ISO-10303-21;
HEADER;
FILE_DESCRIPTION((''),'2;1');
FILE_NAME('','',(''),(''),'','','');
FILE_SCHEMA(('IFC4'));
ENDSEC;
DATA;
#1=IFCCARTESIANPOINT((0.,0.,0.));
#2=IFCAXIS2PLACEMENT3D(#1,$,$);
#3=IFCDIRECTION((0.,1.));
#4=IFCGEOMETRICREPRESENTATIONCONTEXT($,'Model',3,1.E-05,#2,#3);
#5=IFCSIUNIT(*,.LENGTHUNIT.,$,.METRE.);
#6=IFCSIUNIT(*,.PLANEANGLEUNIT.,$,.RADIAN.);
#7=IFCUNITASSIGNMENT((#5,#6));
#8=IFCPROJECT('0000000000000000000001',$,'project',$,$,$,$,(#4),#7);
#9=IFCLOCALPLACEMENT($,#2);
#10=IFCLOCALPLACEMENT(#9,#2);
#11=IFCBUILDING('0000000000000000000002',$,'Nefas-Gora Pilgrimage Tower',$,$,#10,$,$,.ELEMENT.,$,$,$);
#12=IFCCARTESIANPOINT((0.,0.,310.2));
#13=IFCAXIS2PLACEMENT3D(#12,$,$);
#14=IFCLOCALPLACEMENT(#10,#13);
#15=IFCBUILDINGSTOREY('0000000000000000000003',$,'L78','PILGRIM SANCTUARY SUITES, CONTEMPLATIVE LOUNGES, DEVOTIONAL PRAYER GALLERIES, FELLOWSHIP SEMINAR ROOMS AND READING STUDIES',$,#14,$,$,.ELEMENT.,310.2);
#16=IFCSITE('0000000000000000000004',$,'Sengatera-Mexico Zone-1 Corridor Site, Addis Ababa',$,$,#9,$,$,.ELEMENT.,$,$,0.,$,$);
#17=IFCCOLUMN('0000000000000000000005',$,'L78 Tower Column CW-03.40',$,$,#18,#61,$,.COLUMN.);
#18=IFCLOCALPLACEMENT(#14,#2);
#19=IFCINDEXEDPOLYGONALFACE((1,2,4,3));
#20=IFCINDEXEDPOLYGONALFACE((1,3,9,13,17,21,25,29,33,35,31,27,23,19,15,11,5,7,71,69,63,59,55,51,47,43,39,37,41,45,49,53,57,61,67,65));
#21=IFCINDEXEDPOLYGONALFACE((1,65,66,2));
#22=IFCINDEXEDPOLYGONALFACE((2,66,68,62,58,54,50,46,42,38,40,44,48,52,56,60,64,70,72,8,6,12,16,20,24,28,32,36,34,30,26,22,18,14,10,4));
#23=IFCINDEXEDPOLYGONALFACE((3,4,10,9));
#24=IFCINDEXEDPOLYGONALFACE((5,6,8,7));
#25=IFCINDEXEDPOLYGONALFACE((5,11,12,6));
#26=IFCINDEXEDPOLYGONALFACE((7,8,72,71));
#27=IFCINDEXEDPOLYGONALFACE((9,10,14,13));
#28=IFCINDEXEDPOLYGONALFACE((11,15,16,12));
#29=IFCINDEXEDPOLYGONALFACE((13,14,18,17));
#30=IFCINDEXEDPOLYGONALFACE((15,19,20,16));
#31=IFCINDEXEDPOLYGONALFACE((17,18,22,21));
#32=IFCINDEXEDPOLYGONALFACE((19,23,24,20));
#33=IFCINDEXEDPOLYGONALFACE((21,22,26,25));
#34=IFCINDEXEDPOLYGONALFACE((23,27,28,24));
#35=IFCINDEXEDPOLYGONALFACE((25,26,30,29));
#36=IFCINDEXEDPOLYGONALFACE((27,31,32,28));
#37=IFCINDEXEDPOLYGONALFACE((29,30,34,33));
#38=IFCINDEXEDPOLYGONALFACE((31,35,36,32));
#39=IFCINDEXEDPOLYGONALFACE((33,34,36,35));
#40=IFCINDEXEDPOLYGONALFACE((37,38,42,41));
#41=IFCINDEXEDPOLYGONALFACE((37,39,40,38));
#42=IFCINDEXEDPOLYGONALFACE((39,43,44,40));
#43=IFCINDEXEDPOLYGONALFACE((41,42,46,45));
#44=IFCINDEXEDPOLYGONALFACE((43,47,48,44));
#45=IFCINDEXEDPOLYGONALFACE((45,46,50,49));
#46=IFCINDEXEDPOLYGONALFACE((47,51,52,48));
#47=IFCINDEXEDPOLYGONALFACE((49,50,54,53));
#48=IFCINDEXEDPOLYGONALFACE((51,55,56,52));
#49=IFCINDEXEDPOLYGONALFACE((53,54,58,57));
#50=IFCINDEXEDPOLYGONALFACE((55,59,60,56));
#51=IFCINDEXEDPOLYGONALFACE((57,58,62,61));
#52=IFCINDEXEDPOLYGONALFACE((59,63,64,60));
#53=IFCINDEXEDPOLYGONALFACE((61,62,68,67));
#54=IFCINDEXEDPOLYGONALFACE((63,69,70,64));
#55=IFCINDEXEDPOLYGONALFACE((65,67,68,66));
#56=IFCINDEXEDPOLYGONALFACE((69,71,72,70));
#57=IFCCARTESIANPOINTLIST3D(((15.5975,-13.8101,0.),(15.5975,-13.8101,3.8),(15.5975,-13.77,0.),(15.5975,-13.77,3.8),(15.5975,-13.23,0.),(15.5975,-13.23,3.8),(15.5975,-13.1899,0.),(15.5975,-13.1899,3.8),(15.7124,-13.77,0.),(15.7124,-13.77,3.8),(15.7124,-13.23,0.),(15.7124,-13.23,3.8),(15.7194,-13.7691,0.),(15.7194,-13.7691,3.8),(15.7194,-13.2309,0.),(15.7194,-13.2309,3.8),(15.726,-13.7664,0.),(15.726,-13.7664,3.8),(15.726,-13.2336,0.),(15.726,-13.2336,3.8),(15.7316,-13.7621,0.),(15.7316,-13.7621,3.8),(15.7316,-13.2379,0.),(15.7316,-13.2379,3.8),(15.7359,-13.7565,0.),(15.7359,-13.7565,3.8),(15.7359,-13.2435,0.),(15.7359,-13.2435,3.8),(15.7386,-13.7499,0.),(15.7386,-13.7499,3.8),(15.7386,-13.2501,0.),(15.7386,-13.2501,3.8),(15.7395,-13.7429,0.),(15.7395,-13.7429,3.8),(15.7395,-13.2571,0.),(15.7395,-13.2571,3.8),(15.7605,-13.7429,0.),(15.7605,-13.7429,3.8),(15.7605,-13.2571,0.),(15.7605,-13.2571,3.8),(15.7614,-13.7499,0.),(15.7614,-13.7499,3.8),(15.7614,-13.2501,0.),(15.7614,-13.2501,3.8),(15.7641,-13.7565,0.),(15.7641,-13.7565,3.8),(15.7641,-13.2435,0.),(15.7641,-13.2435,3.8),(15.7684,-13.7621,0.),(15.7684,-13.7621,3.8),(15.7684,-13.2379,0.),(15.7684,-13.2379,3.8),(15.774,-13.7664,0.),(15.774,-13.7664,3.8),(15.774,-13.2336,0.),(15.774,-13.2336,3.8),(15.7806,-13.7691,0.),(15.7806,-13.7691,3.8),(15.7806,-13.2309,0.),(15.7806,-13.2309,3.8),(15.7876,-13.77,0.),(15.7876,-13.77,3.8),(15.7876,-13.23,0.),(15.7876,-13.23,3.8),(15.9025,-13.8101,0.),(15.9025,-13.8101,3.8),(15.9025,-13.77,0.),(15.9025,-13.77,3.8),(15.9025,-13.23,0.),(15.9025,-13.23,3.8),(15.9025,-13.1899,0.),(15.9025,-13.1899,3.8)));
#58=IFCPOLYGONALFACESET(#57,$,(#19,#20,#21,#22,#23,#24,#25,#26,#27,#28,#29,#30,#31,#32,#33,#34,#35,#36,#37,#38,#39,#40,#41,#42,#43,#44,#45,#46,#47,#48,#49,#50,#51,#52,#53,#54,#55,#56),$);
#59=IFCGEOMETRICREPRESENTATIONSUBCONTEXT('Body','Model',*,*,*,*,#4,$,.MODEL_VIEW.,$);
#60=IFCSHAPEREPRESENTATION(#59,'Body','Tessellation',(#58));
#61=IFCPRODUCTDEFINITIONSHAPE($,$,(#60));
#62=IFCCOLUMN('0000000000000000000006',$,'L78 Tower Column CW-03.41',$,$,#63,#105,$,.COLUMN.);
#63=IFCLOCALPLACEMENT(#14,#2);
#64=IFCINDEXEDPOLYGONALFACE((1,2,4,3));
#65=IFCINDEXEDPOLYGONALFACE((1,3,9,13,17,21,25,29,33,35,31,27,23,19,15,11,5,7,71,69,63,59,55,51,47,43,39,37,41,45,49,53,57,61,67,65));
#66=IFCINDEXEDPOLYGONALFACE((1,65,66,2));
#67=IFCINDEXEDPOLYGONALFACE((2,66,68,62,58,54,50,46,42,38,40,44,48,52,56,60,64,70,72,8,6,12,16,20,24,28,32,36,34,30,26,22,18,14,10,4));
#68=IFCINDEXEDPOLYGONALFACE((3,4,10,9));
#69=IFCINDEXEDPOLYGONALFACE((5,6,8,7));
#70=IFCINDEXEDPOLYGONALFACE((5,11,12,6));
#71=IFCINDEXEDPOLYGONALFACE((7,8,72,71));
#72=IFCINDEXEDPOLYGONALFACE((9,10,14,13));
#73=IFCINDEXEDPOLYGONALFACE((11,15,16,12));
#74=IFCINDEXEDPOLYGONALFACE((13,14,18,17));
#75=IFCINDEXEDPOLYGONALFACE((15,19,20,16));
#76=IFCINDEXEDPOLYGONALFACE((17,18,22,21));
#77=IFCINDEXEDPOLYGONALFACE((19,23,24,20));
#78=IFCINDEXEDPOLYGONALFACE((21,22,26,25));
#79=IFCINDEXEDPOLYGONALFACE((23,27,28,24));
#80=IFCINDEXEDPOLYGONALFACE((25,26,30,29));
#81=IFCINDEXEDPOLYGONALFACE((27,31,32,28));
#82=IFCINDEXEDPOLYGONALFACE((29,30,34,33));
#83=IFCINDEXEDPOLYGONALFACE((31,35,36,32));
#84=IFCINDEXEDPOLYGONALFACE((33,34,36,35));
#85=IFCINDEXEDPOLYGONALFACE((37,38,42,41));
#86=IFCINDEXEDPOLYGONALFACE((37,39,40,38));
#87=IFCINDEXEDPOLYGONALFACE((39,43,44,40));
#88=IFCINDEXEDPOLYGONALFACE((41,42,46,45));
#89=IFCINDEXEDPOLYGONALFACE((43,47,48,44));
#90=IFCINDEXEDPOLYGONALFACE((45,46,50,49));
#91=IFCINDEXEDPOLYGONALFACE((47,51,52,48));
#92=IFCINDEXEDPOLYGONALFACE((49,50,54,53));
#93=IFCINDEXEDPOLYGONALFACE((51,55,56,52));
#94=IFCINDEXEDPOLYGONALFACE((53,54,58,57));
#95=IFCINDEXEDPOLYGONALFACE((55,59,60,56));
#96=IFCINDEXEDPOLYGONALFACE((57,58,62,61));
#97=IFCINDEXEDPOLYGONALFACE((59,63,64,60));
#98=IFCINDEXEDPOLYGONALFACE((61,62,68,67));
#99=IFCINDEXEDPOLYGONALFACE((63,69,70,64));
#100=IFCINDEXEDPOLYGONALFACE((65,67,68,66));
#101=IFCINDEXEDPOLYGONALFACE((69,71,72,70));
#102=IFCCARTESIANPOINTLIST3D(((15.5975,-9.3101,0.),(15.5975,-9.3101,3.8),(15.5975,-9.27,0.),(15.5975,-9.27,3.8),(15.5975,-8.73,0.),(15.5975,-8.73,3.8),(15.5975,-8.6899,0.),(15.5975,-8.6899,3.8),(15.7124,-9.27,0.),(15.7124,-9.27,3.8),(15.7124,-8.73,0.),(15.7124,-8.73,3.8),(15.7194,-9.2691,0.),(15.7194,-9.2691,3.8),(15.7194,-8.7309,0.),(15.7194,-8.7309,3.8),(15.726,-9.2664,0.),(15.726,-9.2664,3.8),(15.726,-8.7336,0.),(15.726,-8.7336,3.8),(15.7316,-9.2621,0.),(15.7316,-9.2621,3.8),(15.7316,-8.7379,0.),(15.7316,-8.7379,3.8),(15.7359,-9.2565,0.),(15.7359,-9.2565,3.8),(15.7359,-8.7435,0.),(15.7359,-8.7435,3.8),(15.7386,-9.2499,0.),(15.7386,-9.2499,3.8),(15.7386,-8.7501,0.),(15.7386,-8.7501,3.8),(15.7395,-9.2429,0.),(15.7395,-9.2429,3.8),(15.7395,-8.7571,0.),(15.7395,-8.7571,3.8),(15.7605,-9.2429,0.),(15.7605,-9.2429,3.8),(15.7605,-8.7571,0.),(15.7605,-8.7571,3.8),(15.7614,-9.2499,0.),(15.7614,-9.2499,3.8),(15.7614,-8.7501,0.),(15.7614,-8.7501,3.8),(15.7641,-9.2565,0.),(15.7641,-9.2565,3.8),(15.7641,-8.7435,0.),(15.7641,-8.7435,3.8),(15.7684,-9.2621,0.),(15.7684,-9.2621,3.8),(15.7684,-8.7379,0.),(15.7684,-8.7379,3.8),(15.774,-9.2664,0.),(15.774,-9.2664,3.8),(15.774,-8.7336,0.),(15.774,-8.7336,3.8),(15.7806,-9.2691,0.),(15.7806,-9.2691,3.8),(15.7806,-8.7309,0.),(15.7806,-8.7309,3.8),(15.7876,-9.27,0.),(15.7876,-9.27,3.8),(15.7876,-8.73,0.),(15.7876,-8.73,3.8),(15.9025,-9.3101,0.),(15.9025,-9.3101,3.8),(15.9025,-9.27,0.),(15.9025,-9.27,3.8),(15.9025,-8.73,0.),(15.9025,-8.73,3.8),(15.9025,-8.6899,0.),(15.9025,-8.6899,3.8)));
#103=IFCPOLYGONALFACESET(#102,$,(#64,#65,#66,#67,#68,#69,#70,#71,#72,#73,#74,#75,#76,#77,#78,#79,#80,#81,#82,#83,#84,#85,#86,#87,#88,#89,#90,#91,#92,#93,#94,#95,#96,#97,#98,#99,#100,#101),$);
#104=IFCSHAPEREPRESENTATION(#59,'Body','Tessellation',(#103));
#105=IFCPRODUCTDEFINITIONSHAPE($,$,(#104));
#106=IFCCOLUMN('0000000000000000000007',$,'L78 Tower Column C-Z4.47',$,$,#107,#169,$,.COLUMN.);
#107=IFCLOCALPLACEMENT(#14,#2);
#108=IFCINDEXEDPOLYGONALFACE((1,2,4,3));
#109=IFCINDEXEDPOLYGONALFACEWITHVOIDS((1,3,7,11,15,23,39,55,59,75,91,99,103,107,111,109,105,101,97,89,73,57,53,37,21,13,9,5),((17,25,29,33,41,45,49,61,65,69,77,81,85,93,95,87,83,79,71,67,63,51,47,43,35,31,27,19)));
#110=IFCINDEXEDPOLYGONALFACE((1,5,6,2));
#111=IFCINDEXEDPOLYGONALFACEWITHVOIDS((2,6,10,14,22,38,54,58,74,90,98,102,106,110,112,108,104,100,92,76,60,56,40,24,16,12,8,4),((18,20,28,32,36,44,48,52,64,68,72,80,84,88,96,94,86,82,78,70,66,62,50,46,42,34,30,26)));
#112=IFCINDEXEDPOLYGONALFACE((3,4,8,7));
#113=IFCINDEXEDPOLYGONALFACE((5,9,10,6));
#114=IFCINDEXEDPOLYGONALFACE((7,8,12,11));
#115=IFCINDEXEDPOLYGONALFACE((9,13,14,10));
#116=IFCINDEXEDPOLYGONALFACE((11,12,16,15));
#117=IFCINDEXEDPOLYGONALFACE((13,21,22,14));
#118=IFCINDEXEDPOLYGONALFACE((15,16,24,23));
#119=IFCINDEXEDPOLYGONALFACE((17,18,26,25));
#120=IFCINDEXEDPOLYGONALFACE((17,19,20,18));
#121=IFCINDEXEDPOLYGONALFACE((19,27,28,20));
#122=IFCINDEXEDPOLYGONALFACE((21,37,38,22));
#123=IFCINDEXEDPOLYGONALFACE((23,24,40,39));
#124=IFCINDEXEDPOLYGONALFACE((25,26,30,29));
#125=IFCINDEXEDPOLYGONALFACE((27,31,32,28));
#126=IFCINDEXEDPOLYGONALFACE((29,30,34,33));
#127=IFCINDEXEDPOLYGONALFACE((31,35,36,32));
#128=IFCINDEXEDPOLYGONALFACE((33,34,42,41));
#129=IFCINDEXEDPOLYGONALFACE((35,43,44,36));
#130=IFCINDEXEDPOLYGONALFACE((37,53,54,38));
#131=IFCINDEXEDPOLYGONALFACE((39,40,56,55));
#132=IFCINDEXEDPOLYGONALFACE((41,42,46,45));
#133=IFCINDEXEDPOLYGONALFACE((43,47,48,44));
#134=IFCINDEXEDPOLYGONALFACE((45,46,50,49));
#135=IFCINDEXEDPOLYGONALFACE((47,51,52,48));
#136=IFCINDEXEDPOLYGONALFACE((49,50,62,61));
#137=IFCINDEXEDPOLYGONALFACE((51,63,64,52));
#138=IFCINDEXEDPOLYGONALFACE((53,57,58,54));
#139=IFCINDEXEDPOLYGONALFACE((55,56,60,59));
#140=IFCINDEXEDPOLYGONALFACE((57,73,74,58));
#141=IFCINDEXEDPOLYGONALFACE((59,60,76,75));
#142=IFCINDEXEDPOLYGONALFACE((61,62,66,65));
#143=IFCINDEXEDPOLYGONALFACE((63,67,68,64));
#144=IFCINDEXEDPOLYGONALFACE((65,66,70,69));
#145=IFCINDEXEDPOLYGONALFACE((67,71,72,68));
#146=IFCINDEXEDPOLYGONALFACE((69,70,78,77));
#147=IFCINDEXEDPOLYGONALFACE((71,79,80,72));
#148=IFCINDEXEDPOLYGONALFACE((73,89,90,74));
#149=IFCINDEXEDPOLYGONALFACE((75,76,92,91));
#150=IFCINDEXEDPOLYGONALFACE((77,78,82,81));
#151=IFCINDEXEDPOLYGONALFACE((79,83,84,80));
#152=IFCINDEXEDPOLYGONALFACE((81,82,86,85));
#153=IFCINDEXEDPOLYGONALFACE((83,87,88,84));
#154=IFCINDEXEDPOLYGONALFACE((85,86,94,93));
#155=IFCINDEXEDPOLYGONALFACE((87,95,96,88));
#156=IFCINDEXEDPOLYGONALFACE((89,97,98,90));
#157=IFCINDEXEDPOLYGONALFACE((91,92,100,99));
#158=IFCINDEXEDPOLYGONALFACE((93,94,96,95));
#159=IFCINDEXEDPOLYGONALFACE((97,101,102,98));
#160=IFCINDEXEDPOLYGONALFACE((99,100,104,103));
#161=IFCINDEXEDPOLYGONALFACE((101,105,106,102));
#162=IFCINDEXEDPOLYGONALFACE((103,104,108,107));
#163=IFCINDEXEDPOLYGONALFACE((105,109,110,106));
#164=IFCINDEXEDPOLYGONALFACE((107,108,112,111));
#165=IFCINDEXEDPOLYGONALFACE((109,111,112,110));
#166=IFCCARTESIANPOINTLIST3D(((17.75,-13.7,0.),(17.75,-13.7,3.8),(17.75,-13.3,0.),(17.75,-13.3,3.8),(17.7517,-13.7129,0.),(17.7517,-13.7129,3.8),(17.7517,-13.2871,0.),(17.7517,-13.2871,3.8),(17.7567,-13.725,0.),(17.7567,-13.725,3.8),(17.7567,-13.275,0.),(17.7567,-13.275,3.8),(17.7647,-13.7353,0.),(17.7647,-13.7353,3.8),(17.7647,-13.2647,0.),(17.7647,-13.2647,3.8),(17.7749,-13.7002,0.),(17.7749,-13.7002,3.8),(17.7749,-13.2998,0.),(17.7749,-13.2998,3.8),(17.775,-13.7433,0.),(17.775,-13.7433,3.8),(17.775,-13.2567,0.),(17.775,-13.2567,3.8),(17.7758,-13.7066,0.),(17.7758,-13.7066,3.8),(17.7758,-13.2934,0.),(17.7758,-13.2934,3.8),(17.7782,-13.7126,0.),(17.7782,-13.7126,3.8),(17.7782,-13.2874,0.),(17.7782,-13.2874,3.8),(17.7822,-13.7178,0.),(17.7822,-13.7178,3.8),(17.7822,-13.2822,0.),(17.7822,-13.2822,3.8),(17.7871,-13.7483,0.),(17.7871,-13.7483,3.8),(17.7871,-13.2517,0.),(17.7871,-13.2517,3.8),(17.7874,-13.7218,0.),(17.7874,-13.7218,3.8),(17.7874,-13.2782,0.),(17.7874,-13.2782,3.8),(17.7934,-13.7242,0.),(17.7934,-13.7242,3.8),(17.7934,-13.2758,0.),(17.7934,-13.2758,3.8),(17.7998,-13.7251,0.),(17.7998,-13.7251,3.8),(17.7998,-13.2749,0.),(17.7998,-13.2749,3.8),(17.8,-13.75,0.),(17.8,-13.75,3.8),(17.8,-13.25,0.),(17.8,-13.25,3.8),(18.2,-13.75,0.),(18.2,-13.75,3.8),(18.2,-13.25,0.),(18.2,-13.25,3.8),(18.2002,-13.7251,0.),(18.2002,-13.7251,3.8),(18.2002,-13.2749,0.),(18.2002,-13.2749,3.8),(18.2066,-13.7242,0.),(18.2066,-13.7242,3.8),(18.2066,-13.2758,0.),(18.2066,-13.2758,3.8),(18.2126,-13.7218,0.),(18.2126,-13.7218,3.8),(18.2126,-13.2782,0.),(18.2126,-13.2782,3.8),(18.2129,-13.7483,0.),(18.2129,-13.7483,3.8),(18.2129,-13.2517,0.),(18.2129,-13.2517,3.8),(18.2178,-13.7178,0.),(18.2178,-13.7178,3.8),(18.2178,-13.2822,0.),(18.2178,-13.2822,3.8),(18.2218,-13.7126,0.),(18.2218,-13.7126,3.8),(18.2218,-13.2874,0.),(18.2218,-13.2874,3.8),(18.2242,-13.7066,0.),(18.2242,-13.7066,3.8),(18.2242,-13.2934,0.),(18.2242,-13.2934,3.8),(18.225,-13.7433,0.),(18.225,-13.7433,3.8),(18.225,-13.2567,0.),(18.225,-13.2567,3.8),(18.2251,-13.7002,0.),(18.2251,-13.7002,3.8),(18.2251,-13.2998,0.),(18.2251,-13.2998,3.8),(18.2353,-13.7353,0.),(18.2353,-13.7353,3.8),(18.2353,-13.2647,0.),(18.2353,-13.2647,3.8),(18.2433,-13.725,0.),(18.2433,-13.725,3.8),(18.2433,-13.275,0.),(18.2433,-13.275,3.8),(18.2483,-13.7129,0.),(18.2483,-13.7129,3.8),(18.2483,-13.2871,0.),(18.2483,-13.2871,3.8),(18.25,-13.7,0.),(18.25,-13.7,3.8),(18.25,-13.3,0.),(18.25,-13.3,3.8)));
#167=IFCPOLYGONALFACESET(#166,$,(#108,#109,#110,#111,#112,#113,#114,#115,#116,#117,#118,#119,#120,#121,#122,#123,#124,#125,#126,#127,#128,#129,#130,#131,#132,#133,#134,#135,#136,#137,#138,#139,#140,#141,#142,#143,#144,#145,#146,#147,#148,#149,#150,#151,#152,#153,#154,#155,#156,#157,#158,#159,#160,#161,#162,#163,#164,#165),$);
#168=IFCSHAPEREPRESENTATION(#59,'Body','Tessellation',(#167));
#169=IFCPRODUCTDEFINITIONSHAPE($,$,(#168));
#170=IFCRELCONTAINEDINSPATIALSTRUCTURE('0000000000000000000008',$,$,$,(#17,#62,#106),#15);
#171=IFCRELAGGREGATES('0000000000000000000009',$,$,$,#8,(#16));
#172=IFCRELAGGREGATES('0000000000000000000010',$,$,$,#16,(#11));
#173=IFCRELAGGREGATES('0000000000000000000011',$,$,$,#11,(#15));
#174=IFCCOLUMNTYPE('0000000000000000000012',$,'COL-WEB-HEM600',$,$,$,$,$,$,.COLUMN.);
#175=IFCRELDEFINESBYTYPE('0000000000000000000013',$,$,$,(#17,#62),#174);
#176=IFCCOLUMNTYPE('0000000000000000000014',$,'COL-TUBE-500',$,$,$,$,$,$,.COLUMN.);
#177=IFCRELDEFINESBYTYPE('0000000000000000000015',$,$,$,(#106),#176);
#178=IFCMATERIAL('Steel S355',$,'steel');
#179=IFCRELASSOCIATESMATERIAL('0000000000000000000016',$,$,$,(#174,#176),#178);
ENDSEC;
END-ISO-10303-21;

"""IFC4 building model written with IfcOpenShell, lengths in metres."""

from ifc_helpers import new_model, si_unit, direction, frame, origin, origin_2d, place, context, subcontext, project, spatial, hollow_rectangle, i_section, extrude, source, transform, mapped, material, material_profile, profile_set, type_object, element, save


model = new_model("IFC4")

# Units and contexts
model_context = context("Model", 3, precision=1e-05, world=origin(), true_north=direction((0.0, 1.0)))
body_context = subcontext(model_context, "Body", "Model", "MODEL_VIEW")
ifc_project = project(units=[si_unit("LENGTHUNIT", "METRE"), si_unit("PLANEANGLEUNIT", "RADIAN")], contexts=[model_context])

# Site, building, storey
site_placement = place(None, origin())
site = spatial("IfcSite", under=ifc_project, at=site_placement, Name="Sengatera-Mexico Zone-1 Corridor Site, Addis Ababa", CompositionType="ELEMENT", RefElevation=0.0)
building_placement = place(site_placement, origin())
building = spatial("IfcBuilding", under=site, at=building_placement, Name="Nefas-Gora Pilgrimage Tower", CompositionType="ELEMENT")
storey_placement = place(building_placement, frame((0.0, 0.0, 310.2)))
storey = spatial("IfcBuildingStorey", under=building, at=storey_placement, Name="L78", Description="PILGRIM SANCTUARY SUITES, CONTEMPLATIVE LOUNGES, DEVOTIONAL PRAYER GALLERIES, FELLOWSHIP SEMINAR ROOMS AND READING STUDIES", CompositionType="ELEMENT", Elevation=310.2)

# Columns
ifc_material_1 = material(Name="Steel S355", Category="steel")
ifc_material_profile_1 = material_profile(ifc_material_1, i_section(OverallWidth=0.3049, OverallDepth=0.6201, WebThickness=0.021, FlangeThickness=0.04, FilletRadius=0.0271, at=origin_2d()), Name="HEM 600")
ifc_profile_set_1 = profile_set([ifc_material_profile_1], Name="Steel S355")
column_type_1 = type_object("IfcColumnType", Name="COL-WEB-HEM600", PredefinedType="COLUMN", material=ifc_profile_set_1)
shared_shape_1 = source(origin(), body_context, "Body", "SweptSolid", [
    extrude(i_section(OverallWidth=0.3049, OverallDepth=0.6201, WebThickness=0.021, FlangeThickness=0.04, FilletRadius=0.0271, at=origin_2d()), origin(), (0.0, 0.0, 1.0), 3.8),
])
for number, where, z_axis, x_axis, name in (
    (1, (15.75, -13.5, 0.0), (0.0, 0.0, 1.0), (1.0, 0.0, 0.0), "L78 Tower Column CW-03.40"),
    (2, (15.75, -9.0, 0.0), (0.0, 0.0, 1.0), (1.0, 0.0, 0.0), "L78 Tower Column CW-03.41"),
):
    element("IfcColumn", number, at=place(storey_placement, frame(where, z_axis=z_axis, x_axis=x_axis)), inside=storey, type_object=column_type_1, Name=name, PredefinedType="COLUMN", context=body_context, shape_type="MappedRepresentation", body=[
        mapped(shared_shape_1, transform((0.0, 0.0, 0.0), x_axis=(1.0, 0.0, 0.0), y_axis=(0.0, 1.0, 0.0), z_axis=(0.0, 0.0, 1.0), scale=1.0)),
    ])
ifc_material_profile_2 = material_profile(ifc_material_1, hollow_rectangle(XDim=0.5, YDim=0.5, WallThickness=0.0249, InnerFilletRadius=0.0249, OuterFilletRadius=0.05, at=origin_2d()), Name="SHS 500x500x25")
ifc_profile_set_2 = profile_set([ifc_material_profile_2], Name="Steel S355")
column_type_2 = type_object("IfcColumnType", Name="COL-TUBE-500", PredefinedType="COLUMN", material=ifc_profile_set_2)
shared_shape_2 = source(origin(), body_context, "Body", "SweptSolid", [
    extrude(hollow_rectangle(XDim=0.5, YDim=0.5, WallThickness=0.0249, InnerFilletRadius=0.0249, OuterFilletRadius=0.05, at=origin_2d()), origin(), (0.0, 0.0, 1.0), 3.8),
])
for number, where, z_axis, x_axis, name in (
    (3, (18.0, -13.5, 0.0), (0.0, 0.0, 1.0), (1.0, 0.0, 0.0), "L78 Tower Column C-Z4.47"),
):
    element("IfcColumn", number, at=place(storey_placement, frame(where, z_axis=z_axis, x_axis=x_axis)), inside=storey, type_object=column_type_2, Name=name, PredefinedType="COLUMN", context=body_context, shape_type="MappedRepresentation", body=[
        mapped(shared_shape_2, transform((0.0, 0.0, 0.0), x_axis=(1.0, 0.0, 0.0), y_axis=(0.0, 1.0, 0.0), z_axis=(0.0, 0.0, 1.0), scale=1.0)),
    ])

save(model, "model.ifc")
